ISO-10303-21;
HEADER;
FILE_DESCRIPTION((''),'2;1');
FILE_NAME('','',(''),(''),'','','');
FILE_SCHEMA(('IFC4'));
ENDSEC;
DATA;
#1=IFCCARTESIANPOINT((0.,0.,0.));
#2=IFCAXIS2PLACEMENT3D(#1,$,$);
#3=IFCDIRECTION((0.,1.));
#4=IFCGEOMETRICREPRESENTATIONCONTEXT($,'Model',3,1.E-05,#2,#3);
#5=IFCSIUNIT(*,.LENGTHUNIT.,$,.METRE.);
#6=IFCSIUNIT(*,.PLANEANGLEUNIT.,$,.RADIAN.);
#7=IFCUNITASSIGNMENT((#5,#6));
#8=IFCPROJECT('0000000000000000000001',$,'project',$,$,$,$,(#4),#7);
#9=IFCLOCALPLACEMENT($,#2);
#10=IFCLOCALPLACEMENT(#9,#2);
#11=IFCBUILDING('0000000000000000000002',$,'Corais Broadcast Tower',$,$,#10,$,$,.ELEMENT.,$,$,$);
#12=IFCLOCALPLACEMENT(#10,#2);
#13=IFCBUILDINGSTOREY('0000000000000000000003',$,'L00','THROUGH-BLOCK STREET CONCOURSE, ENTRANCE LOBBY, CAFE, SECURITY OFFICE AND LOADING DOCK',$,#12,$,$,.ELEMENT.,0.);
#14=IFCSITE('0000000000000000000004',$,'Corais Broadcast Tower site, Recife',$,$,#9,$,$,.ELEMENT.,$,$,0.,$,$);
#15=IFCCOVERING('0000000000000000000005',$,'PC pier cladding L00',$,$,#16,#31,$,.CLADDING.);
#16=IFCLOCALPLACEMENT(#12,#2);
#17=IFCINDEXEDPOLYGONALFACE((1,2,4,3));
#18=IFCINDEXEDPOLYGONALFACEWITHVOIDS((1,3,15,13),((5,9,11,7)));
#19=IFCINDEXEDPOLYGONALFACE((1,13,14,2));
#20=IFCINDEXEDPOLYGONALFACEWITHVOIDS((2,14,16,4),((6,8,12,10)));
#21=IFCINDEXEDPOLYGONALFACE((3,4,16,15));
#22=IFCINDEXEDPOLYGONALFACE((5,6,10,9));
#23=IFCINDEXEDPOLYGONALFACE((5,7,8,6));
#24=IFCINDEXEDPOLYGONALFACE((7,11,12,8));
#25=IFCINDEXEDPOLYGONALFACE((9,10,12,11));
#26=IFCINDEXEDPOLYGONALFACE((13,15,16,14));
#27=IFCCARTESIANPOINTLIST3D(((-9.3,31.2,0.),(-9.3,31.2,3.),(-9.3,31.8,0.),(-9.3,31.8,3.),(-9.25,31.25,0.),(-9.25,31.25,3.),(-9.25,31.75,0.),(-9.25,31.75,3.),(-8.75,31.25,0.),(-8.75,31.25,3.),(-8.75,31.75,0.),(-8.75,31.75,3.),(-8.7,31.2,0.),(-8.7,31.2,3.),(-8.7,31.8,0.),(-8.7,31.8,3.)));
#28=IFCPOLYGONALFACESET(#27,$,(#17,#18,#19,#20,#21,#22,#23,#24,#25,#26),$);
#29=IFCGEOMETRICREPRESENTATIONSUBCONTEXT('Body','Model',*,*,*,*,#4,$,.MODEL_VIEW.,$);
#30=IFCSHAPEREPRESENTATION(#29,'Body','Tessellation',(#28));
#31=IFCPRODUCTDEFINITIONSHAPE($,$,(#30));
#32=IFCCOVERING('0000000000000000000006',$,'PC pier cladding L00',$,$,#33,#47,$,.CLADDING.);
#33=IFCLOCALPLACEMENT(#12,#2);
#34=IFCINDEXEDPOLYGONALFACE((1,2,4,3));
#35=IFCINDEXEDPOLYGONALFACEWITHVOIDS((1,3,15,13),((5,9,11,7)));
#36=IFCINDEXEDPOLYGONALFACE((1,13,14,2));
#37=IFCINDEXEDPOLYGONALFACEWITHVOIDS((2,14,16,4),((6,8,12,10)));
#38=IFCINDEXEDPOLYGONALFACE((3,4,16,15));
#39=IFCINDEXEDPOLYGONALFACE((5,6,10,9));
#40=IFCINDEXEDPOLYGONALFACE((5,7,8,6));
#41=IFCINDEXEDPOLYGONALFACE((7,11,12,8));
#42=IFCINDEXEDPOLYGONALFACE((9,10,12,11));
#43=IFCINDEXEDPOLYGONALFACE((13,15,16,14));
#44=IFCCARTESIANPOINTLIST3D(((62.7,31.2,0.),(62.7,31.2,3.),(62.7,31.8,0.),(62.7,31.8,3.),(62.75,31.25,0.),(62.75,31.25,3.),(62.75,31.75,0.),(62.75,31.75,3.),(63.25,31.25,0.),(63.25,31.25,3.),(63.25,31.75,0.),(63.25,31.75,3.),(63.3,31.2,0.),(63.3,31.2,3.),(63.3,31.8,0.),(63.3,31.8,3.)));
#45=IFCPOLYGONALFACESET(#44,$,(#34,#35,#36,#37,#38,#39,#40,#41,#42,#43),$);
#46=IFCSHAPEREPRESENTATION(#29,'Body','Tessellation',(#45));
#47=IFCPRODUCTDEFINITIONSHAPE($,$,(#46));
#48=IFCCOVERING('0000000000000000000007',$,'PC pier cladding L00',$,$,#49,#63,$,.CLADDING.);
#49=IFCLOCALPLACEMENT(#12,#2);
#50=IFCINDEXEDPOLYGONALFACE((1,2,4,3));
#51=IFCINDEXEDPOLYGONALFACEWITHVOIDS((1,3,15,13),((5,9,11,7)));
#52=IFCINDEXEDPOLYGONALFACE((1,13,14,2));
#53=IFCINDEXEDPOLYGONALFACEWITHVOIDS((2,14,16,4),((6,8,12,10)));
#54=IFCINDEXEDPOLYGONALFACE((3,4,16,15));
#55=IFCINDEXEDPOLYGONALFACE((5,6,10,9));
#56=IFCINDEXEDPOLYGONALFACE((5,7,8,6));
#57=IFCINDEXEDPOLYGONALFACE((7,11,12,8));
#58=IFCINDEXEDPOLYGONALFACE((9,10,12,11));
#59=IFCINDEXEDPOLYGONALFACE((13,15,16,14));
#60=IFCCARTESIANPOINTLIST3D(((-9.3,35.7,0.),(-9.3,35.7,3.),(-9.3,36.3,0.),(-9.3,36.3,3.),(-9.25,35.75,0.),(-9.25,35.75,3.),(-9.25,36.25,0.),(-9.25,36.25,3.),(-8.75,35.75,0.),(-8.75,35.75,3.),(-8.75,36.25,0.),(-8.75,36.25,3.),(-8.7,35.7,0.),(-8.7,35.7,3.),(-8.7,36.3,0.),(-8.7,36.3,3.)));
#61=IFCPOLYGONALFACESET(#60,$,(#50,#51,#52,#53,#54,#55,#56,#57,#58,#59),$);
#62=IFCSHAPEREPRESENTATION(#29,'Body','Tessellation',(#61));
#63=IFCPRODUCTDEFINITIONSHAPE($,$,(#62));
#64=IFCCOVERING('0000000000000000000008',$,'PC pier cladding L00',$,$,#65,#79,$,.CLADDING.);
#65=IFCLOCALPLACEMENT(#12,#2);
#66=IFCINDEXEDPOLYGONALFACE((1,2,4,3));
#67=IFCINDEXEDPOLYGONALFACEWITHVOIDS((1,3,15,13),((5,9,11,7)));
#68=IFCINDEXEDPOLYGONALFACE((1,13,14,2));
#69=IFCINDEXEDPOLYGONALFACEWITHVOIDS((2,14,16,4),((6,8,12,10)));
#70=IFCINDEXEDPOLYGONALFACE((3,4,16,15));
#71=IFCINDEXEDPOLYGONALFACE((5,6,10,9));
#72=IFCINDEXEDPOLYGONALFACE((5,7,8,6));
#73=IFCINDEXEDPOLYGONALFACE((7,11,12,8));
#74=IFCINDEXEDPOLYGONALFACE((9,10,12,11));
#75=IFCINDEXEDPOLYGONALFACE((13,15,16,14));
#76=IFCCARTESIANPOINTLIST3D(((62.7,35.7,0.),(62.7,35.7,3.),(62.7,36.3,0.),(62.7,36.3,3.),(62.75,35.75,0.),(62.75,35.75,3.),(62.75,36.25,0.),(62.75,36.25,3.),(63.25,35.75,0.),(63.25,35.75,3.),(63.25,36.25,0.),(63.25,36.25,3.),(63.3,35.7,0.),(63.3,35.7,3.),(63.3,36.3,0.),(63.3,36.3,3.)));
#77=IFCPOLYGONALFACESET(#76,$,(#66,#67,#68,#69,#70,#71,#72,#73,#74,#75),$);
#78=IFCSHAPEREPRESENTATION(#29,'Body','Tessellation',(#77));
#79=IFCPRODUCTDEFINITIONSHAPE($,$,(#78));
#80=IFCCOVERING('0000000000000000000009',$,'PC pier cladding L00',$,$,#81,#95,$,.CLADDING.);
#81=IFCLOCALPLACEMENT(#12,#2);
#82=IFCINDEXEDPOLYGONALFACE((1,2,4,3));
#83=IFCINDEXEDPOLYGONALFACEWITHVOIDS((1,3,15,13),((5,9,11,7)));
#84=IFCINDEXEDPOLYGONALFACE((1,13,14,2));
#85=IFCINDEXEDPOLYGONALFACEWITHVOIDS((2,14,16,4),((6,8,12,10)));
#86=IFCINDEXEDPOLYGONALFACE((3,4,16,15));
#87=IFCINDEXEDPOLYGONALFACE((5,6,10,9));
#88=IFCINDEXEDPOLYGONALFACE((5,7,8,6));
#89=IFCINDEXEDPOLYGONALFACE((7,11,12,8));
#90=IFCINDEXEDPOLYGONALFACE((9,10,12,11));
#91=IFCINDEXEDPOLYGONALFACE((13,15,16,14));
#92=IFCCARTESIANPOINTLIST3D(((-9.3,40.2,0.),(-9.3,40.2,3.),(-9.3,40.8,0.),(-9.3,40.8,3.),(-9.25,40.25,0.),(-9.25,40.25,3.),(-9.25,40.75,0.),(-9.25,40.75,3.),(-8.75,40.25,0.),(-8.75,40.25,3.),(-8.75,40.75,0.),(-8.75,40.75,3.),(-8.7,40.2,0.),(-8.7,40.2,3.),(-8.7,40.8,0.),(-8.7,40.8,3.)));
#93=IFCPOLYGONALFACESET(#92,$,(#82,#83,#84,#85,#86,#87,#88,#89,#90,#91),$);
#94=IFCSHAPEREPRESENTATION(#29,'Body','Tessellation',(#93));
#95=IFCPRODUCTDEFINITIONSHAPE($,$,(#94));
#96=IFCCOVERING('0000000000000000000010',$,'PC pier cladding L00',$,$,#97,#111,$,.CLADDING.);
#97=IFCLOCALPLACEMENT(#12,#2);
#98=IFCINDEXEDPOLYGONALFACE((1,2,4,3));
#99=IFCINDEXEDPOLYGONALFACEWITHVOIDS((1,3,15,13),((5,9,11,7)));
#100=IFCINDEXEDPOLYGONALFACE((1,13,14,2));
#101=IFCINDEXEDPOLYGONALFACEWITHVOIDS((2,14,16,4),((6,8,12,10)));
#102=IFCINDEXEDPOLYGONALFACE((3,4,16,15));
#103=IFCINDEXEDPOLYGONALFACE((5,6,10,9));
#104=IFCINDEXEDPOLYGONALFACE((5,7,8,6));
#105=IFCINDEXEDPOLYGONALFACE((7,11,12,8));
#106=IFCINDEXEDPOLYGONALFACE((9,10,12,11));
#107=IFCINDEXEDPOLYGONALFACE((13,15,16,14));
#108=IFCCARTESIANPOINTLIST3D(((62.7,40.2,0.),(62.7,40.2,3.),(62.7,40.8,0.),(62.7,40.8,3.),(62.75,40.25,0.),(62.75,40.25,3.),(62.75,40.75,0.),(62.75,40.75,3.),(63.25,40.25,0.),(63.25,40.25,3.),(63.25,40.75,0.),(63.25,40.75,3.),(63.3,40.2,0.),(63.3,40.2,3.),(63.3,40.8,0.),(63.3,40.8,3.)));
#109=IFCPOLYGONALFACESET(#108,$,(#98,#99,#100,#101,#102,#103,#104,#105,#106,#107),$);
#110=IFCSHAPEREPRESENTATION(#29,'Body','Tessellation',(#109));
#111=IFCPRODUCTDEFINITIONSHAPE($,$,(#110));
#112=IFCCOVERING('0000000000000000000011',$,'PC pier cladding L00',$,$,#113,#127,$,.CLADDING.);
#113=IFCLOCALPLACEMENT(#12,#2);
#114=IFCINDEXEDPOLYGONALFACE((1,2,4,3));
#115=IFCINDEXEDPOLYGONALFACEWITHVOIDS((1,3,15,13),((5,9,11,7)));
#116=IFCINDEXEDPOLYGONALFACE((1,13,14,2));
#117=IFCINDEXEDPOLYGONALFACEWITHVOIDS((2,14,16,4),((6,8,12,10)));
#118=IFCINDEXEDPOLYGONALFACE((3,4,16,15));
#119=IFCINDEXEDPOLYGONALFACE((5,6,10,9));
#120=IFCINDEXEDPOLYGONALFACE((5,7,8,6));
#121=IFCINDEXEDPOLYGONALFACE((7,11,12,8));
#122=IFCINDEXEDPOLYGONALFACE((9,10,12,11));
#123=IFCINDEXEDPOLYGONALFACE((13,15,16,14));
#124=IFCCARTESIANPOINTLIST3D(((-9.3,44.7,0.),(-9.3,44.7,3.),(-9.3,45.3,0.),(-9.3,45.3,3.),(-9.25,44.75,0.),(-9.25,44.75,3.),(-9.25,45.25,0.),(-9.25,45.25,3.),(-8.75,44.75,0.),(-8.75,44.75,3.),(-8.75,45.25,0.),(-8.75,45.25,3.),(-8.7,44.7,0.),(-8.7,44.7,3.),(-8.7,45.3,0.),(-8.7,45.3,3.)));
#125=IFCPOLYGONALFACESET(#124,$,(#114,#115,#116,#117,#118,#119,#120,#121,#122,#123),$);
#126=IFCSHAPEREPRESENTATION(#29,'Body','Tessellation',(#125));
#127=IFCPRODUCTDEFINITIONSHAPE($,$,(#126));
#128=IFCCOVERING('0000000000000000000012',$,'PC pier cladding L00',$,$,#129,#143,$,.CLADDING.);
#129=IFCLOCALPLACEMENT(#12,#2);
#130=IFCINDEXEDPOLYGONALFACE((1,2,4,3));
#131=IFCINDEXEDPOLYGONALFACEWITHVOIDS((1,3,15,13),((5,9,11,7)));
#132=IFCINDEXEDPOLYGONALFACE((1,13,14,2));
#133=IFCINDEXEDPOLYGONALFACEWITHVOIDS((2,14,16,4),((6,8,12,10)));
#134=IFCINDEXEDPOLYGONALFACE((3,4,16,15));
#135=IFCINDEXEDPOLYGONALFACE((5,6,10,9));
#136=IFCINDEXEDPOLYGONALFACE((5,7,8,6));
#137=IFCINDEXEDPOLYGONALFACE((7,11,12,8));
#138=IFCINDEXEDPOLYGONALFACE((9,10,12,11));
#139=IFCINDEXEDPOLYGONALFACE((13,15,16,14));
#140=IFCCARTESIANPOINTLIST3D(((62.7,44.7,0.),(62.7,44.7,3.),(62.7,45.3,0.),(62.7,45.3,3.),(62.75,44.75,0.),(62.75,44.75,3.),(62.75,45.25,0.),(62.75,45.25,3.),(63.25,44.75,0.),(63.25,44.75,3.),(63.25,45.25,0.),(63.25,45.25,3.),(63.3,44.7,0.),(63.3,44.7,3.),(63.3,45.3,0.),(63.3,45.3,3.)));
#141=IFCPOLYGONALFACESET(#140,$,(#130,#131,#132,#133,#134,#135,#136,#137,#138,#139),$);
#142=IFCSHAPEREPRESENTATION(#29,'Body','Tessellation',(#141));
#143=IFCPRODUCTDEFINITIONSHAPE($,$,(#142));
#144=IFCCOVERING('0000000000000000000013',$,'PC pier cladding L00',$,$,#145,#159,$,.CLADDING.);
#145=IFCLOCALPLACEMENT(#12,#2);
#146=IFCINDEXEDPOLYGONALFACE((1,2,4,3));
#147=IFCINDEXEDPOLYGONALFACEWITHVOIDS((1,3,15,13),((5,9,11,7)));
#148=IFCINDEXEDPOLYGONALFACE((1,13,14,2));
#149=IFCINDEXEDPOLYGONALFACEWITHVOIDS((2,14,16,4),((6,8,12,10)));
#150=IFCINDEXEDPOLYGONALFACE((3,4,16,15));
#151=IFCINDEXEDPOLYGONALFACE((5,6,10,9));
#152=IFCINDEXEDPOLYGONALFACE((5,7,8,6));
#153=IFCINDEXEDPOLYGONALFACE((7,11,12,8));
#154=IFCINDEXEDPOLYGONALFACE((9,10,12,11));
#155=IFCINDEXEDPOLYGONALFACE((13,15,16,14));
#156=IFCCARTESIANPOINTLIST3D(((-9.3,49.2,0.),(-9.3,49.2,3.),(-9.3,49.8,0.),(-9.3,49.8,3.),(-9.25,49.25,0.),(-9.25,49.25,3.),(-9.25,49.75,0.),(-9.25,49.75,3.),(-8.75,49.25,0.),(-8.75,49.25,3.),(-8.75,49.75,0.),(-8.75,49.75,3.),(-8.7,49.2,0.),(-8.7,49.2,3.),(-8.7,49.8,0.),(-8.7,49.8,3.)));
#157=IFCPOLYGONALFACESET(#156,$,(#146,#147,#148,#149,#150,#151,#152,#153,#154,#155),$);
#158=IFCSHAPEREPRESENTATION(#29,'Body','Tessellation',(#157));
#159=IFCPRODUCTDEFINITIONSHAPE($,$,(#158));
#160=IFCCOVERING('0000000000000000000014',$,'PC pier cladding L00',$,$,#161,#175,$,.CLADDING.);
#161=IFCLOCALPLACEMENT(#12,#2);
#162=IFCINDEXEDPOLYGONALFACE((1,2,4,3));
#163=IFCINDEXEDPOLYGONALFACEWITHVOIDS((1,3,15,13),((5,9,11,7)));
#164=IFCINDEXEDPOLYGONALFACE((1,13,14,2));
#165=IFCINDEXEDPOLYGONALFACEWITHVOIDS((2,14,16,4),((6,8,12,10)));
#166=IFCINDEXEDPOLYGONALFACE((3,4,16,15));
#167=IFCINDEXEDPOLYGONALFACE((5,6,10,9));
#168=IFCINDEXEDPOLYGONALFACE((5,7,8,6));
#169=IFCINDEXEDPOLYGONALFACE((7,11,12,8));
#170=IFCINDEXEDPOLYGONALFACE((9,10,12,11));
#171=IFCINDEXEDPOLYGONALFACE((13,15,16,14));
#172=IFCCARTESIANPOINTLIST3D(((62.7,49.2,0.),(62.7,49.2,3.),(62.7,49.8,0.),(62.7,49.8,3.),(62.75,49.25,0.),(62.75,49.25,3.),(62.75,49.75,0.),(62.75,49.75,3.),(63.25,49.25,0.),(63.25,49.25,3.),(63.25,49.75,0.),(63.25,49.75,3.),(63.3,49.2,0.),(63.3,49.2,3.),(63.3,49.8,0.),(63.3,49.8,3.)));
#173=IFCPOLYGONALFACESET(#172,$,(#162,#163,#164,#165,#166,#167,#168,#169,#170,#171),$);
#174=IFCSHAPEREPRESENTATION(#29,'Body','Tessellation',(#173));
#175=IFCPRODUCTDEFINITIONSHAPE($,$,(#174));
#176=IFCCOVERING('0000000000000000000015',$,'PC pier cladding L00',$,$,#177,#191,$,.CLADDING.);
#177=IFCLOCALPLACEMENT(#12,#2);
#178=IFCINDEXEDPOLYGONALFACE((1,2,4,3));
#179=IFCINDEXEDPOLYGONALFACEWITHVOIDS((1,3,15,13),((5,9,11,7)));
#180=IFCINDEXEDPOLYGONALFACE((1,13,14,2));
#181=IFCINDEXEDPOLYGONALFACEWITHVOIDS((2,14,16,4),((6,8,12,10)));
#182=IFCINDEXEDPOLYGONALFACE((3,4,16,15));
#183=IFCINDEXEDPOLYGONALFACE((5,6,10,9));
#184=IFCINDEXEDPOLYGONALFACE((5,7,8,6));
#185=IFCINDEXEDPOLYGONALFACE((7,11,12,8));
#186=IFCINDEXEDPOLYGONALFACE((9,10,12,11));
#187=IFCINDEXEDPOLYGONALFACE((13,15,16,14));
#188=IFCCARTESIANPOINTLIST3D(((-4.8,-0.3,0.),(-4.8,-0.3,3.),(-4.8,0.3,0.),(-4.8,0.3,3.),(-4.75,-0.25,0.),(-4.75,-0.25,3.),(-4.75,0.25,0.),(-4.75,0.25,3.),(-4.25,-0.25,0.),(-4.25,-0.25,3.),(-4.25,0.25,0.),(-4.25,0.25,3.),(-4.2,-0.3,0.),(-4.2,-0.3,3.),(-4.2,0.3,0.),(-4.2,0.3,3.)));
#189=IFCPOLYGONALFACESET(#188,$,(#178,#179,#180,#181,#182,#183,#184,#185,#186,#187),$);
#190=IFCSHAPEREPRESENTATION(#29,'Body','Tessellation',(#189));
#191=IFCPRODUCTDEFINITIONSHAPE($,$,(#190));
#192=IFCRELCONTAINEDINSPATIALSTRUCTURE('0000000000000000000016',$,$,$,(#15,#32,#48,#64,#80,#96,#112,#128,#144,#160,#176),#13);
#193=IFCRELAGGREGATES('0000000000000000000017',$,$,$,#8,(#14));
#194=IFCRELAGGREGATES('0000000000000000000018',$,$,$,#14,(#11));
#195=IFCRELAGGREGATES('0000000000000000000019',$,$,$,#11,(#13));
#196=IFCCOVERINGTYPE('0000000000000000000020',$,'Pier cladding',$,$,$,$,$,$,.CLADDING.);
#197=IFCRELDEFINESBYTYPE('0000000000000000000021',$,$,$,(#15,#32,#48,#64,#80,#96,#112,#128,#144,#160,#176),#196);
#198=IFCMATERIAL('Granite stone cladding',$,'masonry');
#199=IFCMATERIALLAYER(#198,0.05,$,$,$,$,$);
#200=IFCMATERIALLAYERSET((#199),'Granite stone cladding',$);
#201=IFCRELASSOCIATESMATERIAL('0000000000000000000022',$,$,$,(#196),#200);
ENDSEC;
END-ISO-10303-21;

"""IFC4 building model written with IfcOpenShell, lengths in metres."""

from ifc_helpers import new_model, si_unit, direction, origin, place, context, subcontext, project, spatial, polyline, outline, extrude, material, layer, layer_set, type_object, element, save


model = new_model("IFC4")

# Units and contexts
model_context = context("Model", 3, precision=1e-05, world=origin(), true_north=direction((0.0, 1.0)))
body_context = subcontext(model_context, "Body", "Model", "MODEL_VIEW")
ifc_project = project(units=[si_unit("LENGTHUNIT", "METRE"), si_unit("PLANEANGLEUNIT", "RADIAN")], contexts=[model_context])

# Site, building, storey
site_placement = place(None, origin())
site = spatial("IfcSite", under=ifc_project, at=site_placement, Name="Corais Broadcast Tower site, Recife", CompositionType="ELEMENT", RefElevation=0.0)
building_placement = place(site_placement, origin())
building = spatial("IfcBuilding", under=site, at=building_placement, Name="Corais Broadcast Tower", CompositionType="ELEMENT")
storey_placement = place(building_placement, origin())
storey = spatial("IfcBuildingStorey", under=building, at=storey_placement, Name="L00", Description="THROUGH-BLOCK STREET CONCOURSE, ENTRANCE LOBBY, CAFE, SECURITY OFFICE AND LOADING DOCK", CompositionType="ELEMENT", Elevation=0.0)

# Coverings
ifc_material_1 = material(Name="Granite stone cladding", Category="masonry")
ifc_layer = layer(ifc_material_1, 0.05)
ifc_layer_set = layer_set([ifc_layer], Name="Granite stone cladding")
covering_type = type_object("IfcCoveringType", Name="Pier cladding", PredefinedType="CLADDING", material=ifc_layer_set)
covering_1_placement = place(storey_placement, origin())
element("IfcCovering", 1, at=covering_1_placement, inside=storey, type_object=covering_type, Name="PC pier cladding L00", PredefinedType="CLADDING", context=body_context, shape_type="SweptSolid", body=[
    extrude(outline(polyline([(-9.3, 31.2), (-8.7, 31.2), (-8.7, 31.8), (-9.3, 31.8), (-9.3, 31.2)]), holes=[polyline([(-9.25, 31.25), (-8.75, 31.25), (-8.75, 31.75), (-9.25, 31.75), (-9.25, 31.25)])]), origin(), (0.0, 0.0, 1.0), 3.0),
])
covering_2_placement = place(storey_placement, origin())
element("IfcCovering", 2, at=covering_2_placement, inside=storey, type_object=covering_type, Name="PC pier cladding L00", PredefinedType="CLADDING", context=body_context, shape_type="SweptSolid", body=[
    extrude(outline(polyline([(62.7, 31.2), (63.3, 31.2), (63.3, 31.8), (62.7, 31.8), (62.7, 31.2)]), holes=[polyline([(62.75, 31.25), (63.25, 31.25), (63.25, 31.75), (62.75, 31.75), (62.75, 31.25)])]), origin(), (0.0, 0.0, 1.0), 3.0),
])
covering_3_placement = place(storey_placement, origin())
element("IfcCovering", 3, at=covering_3_placement, inside=storey, type_object=covering_type, Name="PC pier cladding L00", PredefinedType="CLADDING", context=body_context, shape_type="SweptSolid", body=[
    extrude(outline(polyline([(-9.3, 35.7), (-8.7, 35.7), (-8.7, 36.3), (-9.3, 36.3), (-9.3, 35.7)]), holes=[polyline([(-9.25, 35.75), (-8.75, 35.75), (-8.75, 36.25), (-9.25, 36.25), (-9.25, 35.75)])]), origin(), (0.0, 0.0, 1.0), 3.0),
])
covering_4_placement = place(storey_placement, origin())
element("IfcCovering", 4, at=covering_4_placement, inside=storey, type_object=covering_type, Name="PC pier cladding L00", PredefinedType="CLADDING", context=body_context, shape_type="SweptSolid", body=[
    extrude(outline(polyline([(62.7, 35.7), (63.3, 35.7), (63.3, 36.3), (62.7, 36.3), (62.7, 35.7)]), holes=[polyline([(62.75, 35.75), (63.25, 35.75), (63.25, 36.25), (62.75, 36.25), (62.75, 35.75)])]), origin(), (0.0, 0.0, 1.0), 3.0),
])
covering_5_placement = place(storey_placement, origin())
element("IfcCovering", 5, at=covering_5_placement, inside=storey, type_object=covering_type, Name="PC pier cladding L00", PredefinedType="CLADDING", context=body_context, shape_type="SweptSolid", body=[
    extrude(outline(polyline([(-9.3, 40.2), (-8.7, 40.2), (-8.7, 40.8), (-9.3, 40.8), (-9.3, 40.2)]), holes=[polyline([(-9.25, 40.25), (-8.75, 40.25), (-8.75, 40.75), (-9.25, 40.75), (-9.25, 40.25)])]), origin(), (0.0, 0.0, 1.0), 3.0),
])
covering_6_placement = place(storey_placement, origin())
element("IfcCovering", 6, at=covering_6_placement, inside=storey, type_object=covering_type, Name="PC pier cladding L00", PredefinedType="CLADDING", context=body_context, shape_type="SweptSolid", body=[
    extrude(outline(polyline([(62.7, 40.2), (63.3, 40.2), (63.3, 40.8), (62.7, 40.8), (62.7, 40.2)]), holes=[polyline([(62.75, 40.25), (63.25, 40.25), (63.25, 40.75), (62.75, 40.75), (62.75, 40.25)])]), origin(), (0.0, 0.0, 1.0), 3.0),
])
covering_7_placement = place(storey_placement, origin())
element("IfcCovering", 7, at=covering_7_placement, inside=storey, type_object=covering_type, Name="PC pier cladding L00", PredefinedType="CLADDING", context=body_context, shape_type="SweptSolid", body=[
    extrude(outline(polyline([(-9.3, 44.7), (-8.7, 44.7), (-8.7, 45.3), (-9.3, 45.3), (-9.3, 44.7)]), holes=[polyline([(-9.25, 44.75), (-8.75, 44.75), (-8.75, 45.25), (-9.25, 45.25), (-9.25, 44.75)])]), origin(), (0.0, 0.0, 1.0), 3.0),
])
covering_8_placement = place(storey_placement, origin())
element("IfcCovering", 8, at=covering_8_placement, inside=storey, type_object=covering_type, Name="PC pier cladding L00", PredefinedType="CLADDING", context=body_context, shape_type="SweptSolid", body=[
    extrude(outline(polyline([(62.7, 44.7), (63.3, 44.7), (63.3, 45.3), (62.7, 45.3), (62.7, 44.7)]), holes=[polyline([(62.75, 44.75), (63.25, 44.75), (63.25, 45.25), (62.75, 45.25), (62.75, 44.75)])]), origin(), (0.0, 0.0, 1.0), 3.0),
])
covering_9_placement = place(storey_placement, origin())
element("IfcCovering", 9, at=covering_9_placement, inside=storey, type_object=covering_type, Name="PC pier cladding L00", PredefinedType="CLADDING", context=body_context, shape_type="SweptSolid", body=[
    extrude(outline(polyline([(-9.3, 49.2), (-8.7, 49.2), (-8.7, 49.8), (-9.3, 49.8), (-9.3, 49.2)]), holes=[polyline([(-9.25, 49.25), (-8.75, 49.25), (-8.75, 49.75), (-9.25, 49.75), (-9.25, 49.25)])]), origin(), (0.0, 0.0, 1.0), 3.0),
])
covering_10_placement = place(storey_placement, origin())
element("IfcCovering", 10, at=covering_10_placement, inside=storey, type_object=covering_type, Name="PC pier cladding L00", PredefinedType="CLADDING", context=body_context, shape_type="SweptSolid", body=[
    extrude(outline(polyline([(62.7, 49.2), (63.3, 49.2), (63.3, 49.8), (62.7, 49.8), (62.7, 49.2)]), holes=[polyline([(62.75, 49.25), (63.25, 49.25), (63.25, 49.75), (62.75, 49.75), (62.75, 49.25)])]), origin(), (0.0, 0.0, 1.0), 3.0),
])
covering_11_placement = place(storey_placement, origin())
element("IfcCovering", 11, at=covering_11_placement, inside=storey, type_object=covering_type, Name="PC pier cladding L00", PredefinedType="CLADDING", context=body_context, shape_type="SweptSolid", body=[
    extrude(outline(polyline([(-4.8, -0.3), (-4.2, -0.3), (-4.2, 0.3), (-4.8, 0.3), (-4.8, -0.3)]), holes=[polyline([(-4.75, -0.25), (-4.25, -0.25), (-4.25, 0.25), (-4.75, 0.25), (-4.75, -0.25)])]), origin(), (0.0, 0.0, 1.0), 3.0),
])

save(model, "model.ifc")
